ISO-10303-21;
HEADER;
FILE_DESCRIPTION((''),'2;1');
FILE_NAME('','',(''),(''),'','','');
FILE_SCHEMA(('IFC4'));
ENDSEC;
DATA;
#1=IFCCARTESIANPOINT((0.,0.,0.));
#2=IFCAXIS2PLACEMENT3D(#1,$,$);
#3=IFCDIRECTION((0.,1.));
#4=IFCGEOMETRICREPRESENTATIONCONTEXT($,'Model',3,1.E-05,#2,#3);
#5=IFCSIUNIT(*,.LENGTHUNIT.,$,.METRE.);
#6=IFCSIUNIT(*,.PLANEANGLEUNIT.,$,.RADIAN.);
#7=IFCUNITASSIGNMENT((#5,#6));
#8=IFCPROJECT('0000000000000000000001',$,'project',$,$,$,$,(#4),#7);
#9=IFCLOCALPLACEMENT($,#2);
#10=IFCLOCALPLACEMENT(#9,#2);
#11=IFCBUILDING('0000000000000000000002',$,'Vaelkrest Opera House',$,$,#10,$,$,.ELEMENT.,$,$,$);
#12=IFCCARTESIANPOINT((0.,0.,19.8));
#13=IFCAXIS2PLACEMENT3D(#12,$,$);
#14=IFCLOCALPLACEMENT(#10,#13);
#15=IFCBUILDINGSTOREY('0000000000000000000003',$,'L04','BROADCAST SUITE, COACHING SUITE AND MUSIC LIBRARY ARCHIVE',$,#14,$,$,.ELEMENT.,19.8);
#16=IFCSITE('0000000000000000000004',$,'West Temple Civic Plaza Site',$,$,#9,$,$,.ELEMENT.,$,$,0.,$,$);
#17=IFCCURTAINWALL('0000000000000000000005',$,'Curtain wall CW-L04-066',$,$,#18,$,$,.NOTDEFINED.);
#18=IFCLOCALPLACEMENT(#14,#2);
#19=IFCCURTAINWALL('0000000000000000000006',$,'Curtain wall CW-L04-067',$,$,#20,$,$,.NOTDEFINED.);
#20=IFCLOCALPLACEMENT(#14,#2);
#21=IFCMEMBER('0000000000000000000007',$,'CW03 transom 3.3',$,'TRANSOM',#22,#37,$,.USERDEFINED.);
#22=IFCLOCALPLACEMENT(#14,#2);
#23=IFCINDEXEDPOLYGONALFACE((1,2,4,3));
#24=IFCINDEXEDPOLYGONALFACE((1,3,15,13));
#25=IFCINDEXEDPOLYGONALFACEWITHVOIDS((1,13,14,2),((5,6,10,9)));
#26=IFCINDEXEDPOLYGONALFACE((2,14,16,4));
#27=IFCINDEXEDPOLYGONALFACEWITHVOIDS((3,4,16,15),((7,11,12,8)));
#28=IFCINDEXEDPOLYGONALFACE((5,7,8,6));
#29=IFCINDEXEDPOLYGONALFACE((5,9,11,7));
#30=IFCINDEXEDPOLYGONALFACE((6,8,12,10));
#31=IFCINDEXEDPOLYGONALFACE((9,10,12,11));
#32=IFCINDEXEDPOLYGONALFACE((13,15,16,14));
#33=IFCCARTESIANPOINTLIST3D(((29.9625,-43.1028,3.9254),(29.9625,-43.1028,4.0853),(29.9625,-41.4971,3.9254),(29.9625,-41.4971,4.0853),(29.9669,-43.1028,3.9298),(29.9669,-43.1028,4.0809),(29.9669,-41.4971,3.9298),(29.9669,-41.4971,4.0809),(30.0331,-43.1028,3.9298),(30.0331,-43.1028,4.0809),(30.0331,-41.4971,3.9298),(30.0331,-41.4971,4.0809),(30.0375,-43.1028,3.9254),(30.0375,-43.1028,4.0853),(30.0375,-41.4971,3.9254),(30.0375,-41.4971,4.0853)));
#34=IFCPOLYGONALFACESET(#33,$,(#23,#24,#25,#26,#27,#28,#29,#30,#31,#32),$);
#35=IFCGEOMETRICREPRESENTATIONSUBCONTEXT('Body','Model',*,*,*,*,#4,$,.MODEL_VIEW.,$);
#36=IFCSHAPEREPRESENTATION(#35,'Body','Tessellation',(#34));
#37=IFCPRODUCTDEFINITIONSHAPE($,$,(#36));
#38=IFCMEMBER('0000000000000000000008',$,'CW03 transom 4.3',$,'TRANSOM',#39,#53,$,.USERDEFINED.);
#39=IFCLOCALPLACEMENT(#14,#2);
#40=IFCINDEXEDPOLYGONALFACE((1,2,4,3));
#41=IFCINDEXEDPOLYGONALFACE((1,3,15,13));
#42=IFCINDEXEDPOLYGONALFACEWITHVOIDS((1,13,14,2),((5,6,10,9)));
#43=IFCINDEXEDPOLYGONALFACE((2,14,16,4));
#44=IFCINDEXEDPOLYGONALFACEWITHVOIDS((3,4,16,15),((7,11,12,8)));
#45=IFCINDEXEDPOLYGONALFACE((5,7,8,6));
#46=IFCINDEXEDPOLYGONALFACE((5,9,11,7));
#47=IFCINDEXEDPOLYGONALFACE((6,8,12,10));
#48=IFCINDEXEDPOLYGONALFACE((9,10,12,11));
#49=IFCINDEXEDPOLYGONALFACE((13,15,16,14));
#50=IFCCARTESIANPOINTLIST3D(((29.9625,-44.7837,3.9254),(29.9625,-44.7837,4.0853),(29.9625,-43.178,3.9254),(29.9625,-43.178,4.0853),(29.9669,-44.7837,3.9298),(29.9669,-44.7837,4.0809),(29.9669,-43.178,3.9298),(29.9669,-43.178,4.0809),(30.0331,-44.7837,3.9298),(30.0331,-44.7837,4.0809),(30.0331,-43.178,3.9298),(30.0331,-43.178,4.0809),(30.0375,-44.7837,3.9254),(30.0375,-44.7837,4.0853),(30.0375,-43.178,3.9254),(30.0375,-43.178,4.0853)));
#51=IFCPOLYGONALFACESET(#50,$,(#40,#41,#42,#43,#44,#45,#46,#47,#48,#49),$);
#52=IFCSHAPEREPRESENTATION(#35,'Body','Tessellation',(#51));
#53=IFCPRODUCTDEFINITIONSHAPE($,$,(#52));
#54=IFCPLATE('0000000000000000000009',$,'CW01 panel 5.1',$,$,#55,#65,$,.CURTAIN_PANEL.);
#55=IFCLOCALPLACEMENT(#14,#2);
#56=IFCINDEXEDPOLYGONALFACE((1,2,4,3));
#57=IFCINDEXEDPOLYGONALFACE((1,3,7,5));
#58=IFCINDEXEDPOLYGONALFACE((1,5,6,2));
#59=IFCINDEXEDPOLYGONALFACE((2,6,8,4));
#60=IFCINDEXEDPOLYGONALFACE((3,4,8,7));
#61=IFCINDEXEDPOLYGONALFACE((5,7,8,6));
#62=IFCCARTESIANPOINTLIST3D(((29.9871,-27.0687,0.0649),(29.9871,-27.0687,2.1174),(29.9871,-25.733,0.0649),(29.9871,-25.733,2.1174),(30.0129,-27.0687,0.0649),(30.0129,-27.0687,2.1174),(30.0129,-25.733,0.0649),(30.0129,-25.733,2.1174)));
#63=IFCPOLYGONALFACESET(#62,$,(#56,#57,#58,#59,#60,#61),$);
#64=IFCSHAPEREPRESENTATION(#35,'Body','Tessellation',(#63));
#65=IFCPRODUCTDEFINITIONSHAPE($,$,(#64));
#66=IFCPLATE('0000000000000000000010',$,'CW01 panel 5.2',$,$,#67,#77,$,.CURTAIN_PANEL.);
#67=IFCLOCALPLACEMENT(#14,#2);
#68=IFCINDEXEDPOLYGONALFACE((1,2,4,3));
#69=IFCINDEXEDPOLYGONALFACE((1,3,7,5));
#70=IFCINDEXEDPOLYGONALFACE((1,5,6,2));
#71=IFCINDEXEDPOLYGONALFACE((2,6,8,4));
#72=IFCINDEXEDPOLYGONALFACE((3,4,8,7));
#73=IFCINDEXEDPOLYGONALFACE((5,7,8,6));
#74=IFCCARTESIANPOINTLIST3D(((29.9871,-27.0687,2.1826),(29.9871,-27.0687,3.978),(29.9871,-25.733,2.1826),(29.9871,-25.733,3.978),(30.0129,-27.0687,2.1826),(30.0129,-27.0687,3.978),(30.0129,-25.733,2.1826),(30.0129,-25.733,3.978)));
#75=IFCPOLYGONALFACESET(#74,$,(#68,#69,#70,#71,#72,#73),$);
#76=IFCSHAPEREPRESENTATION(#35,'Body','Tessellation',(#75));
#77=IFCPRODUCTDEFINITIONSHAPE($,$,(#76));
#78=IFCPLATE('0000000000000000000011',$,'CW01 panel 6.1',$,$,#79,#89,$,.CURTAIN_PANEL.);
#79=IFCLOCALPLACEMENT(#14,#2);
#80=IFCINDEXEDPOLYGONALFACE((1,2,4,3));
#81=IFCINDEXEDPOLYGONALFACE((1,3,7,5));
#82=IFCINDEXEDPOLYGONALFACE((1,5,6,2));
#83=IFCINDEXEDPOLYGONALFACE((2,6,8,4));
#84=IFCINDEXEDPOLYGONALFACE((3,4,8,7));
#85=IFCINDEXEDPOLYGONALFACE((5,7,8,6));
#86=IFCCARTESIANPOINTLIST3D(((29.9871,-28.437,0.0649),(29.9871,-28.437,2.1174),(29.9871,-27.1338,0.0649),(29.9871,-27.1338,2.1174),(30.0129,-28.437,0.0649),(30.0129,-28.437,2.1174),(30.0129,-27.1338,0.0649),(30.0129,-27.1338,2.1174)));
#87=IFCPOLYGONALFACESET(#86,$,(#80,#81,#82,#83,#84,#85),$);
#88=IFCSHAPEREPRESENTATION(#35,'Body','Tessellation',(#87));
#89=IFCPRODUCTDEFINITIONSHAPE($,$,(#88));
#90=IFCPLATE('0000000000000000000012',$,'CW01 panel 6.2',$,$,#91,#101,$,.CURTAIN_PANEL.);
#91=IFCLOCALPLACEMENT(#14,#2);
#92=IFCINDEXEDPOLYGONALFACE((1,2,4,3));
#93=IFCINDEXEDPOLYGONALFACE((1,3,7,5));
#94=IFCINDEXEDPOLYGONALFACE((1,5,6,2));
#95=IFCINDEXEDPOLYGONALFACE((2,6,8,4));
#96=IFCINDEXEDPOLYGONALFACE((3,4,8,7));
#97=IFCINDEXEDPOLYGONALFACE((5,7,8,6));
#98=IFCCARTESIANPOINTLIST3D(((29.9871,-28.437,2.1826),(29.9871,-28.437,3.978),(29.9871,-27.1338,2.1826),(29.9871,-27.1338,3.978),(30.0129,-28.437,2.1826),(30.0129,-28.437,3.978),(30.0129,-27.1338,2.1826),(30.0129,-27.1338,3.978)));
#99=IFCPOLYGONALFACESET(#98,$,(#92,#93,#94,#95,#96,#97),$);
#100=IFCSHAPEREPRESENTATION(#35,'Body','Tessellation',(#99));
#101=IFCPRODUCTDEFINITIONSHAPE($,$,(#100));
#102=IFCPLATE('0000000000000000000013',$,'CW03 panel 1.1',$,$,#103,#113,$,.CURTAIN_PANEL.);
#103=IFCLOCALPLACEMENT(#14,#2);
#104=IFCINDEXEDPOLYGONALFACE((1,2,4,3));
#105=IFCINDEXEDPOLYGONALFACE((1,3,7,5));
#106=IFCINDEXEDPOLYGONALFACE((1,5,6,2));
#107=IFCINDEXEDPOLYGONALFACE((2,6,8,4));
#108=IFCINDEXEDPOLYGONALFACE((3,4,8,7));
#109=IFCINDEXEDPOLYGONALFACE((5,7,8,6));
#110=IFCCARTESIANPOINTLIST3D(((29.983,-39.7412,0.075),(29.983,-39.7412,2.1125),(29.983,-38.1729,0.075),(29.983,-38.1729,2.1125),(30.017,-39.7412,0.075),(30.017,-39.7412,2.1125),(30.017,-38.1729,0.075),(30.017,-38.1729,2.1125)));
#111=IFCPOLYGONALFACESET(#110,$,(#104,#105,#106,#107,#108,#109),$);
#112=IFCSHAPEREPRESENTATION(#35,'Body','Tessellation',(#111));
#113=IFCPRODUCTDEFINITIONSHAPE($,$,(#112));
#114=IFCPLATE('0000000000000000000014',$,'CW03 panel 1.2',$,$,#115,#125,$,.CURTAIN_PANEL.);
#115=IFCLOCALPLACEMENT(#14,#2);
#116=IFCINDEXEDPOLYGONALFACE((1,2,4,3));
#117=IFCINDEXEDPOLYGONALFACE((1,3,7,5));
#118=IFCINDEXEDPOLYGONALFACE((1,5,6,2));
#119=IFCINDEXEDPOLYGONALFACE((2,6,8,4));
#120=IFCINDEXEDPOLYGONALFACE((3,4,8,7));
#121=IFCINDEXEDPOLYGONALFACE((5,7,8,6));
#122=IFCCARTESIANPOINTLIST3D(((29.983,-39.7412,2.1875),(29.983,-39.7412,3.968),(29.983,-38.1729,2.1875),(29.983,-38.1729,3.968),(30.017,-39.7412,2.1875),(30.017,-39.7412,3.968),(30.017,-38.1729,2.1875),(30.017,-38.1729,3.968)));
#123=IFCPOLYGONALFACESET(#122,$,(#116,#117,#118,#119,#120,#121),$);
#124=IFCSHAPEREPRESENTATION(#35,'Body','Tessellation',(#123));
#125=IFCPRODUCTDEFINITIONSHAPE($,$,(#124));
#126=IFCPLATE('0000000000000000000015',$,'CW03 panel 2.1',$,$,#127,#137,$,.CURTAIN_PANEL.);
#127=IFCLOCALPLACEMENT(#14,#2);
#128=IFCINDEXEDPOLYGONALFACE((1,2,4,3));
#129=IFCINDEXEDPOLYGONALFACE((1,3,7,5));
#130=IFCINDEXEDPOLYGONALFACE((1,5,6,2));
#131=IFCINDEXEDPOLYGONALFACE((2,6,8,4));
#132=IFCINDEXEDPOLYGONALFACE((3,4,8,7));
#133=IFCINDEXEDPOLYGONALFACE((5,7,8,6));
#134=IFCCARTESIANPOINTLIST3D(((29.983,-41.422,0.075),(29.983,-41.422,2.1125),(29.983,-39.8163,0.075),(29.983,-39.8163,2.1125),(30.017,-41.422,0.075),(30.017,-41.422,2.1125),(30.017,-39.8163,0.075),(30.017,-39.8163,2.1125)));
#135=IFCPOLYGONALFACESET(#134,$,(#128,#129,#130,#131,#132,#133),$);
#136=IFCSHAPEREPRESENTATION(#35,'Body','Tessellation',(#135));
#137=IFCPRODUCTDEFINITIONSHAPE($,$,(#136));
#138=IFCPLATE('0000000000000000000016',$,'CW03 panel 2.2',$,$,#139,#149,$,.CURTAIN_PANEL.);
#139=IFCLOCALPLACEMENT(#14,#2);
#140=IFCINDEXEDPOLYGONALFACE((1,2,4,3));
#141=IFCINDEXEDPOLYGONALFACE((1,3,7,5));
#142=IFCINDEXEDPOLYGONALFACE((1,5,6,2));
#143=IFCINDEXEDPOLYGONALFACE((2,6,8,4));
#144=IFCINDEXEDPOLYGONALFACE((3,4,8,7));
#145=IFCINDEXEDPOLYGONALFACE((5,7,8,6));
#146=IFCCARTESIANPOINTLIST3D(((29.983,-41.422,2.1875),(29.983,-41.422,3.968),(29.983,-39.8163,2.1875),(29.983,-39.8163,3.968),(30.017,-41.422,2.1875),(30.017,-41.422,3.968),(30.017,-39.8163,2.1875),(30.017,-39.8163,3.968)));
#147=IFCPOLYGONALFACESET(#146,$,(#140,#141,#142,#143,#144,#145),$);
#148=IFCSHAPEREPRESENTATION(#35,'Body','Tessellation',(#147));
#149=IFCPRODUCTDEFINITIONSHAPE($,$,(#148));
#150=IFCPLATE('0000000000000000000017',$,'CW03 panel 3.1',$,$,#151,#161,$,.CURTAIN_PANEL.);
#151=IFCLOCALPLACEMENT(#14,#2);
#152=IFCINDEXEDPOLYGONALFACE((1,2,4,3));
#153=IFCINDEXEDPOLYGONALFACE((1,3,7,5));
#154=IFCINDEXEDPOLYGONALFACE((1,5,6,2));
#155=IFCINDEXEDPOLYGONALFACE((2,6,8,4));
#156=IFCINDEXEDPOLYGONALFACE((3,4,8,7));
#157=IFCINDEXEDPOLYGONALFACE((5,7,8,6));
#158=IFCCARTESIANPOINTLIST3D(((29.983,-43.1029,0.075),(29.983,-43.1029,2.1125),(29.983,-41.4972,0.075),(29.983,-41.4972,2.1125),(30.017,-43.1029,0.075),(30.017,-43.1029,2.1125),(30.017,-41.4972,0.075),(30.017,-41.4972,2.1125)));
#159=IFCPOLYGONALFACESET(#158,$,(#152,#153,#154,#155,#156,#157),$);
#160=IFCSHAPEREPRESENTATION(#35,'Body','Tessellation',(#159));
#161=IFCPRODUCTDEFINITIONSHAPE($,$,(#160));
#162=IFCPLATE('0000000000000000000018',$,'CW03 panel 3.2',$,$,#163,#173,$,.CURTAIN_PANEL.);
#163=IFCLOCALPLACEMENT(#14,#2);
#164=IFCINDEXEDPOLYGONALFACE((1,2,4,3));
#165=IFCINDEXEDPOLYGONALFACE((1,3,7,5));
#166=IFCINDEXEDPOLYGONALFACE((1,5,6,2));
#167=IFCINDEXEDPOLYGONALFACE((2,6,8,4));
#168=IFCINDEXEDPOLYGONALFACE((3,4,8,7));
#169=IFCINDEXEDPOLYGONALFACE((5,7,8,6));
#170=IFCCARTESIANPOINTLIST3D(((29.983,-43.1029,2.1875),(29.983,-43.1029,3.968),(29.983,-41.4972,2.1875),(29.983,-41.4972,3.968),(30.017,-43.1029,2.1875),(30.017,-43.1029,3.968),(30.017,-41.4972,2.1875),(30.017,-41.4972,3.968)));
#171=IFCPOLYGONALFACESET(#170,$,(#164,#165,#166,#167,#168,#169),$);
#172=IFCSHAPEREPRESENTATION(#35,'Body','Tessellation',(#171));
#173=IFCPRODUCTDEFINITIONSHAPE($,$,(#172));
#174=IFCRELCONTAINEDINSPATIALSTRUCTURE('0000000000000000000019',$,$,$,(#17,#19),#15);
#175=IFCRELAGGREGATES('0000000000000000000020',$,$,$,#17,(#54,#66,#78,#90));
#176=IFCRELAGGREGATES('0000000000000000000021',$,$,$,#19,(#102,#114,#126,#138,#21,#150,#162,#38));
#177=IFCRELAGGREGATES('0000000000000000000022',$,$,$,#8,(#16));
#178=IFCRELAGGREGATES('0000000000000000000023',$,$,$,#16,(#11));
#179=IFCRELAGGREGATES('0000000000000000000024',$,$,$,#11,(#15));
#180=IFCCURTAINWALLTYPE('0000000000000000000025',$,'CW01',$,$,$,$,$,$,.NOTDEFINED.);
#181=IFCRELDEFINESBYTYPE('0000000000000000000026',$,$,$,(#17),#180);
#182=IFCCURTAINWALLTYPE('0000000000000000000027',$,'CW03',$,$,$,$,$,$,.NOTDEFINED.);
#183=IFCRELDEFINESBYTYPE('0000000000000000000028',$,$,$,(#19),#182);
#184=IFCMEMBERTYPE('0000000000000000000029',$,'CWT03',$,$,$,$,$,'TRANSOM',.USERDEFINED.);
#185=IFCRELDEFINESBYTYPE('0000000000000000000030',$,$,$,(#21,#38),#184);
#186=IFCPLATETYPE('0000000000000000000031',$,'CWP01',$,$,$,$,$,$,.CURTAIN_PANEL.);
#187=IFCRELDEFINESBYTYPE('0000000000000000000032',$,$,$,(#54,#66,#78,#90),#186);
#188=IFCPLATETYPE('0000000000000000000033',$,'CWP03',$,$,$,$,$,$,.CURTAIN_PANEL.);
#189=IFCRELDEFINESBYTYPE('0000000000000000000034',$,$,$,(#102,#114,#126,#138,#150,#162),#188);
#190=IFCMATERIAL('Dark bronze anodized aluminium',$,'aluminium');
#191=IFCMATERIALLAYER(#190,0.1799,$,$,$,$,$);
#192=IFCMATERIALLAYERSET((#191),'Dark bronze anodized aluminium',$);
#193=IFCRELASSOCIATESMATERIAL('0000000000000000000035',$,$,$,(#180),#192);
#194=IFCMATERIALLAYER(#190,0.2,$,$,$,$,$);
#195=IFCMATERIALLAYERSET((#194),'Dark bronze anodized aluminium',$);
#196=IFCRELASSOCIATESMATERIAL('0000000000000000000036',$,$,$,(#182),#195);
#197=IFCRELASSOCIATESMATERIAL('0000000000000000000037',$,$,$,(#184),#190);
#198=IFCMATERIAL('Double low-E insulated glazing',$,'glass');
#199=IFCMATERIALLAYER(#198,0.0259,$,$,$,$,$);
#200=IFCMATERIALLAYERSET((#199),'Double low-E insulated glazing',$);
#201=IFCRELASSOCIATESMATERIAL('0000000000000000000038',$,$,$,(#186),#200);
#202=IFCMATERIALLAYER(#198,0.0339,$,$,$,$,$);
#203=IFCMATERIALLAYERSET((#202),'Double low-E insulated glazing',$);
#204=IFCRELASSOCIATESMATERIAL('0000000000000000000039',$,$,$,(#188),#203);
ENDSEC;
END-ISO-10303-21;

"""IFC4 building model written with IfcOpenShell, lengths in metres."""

from ifc_helpers import new_model, si_unit, direction, frame, origin, origin_2d, place, context, subcontext, project, spatial, rectangle, hollow_rectangle, extrude, material, layer, layer_set, material_profile, profile_set, type_object, element, aggregate, save


model = new_model("IFC4")

# Units and contexts
model_context = context("Model", 3, precision=1e-05, world=origin(), true_north=direction((0.0, 1.0)))
body_context = subcontext(model_context, "Body", "Model", "MODEL_VIEW")
ifc_project = project(units=[si_unit("LENGTHUNIT", "METRE"), si_unit("PLANEANGLEUNIT", "RADIAN")], contexts=[model_context])

# Site, building, storey
site_placement = place(None, origin())
site = spatial("IfcSite", under=ifc_project, at=site_placement, Name="West Temple Civic Plaza Site", CompositionType="ELEMENT", RefElevation=0.0)
building_placement = place(site_placement, origin())
building = spatial("IfcBuilding", under=site, at=building_placement, Name="Vaelkrest Opera House", CompositionType="ELEMENT")
storey_placement = place(building_placement, frame((0.0, 0.0, 19.8)))
storey = spatial("IfcBuildingStorey", under=building, at=storey_placement, Name="L04", Description="BROADCAST SUITE, COACHING SUITE AND MUSIC LIBRARY ARCHIVE", CompositionType="ELEMENT", Elevation=19.8)

# Curtain walls
ifc_material_1 = material(Name="Dark bronze anodized aluminium", Category="aluminium")
ifc_layer_1 = layer(ifc_material_1, 0.1799)
ifc_layer_set_1 = layer_set([ifc_layer_1], Name="Dark bronze anodized aluminium")
curtain_wall_type_1 = type_object("IfcCurtainWallType", Name="CW01", PredefinedType="NOTDEFINED", material=ifc_layer_set_1)
curtain_wall_1_placement = place(storey_placement, origin())
curtain_wall_1 = element("IfcCurtainWall", 1, at=curtain_wall_1_placement, inside=storey, type_object=curtain_wall_type_1, Name="Curtain wall CW-L04-066", PredefinedType="NOTDEFINED")
ifc_layer_2 = layer(ifc_material_1, 0.2)
ifc_layer_set_2 = layer_set([ifc_layer_2], Name="Dark bronze anodized aluminium")
curtain_wall_type_2 = type_object("IfcCurtainWallType", Name="CW03", PredefinedType="NOTDEFINED", material=ifc_layer_set_2)
curtain_wall_2_placement = place(storey_placement, origin())
curtain_wall_2 = element("IfcCurtainWall", 2, at=curtain_wall_2_placement, inside=storey, type_object=curtain_wall_type_2, Name="Curtain wall CW-L04-067", PredefinedType="NOTDEFINED")

# Members
ifc_material_profile_1 = material_profile(ifc_material_1, hollow_rectangle(XDim=0.075, YDim=0.1599, WallThickness=0.0044, at=origin_2d()), Name="CWT75X160")
ifc_profile_set_1 = profile_set([ifc_material_profile_1], Name="Dark bronze anodized aluminium")
member_type_1 = type_object("IfcMemberType", Name="CWT03", ElementType="TRANSOM", PredefinedType="USERDEFINED", material=ifc_profile_set_1)
member_1_placement = place(storey_placement, frame((30.0, -41.4971, 4.0054), z_axis=(0.0, -1.0, 0.0), x_axis=(1.0, 0.0, 0.0)))
member_1 = element("IfcMember", 3, at=member_1_placement, type_object=member_type_1, Name="CW03 transom 3.3", ObjectType="TRANSOM", PredefinedType="USERDEFINED", context=body_context, shape_type="SweptSolid", body=[
    extrude(hollow_rectangle(XDim=0.075, YDim=0.1599, WallThickness=0.0044, at=origin_2d()), origin(), (0.0, 0.0, 1.0), 1.6057),
])
member_2_placement = place(storey_placement, frame((30.0, -43.178, 4.0054), z_axis=(0.0, -1.0, 0.0), x_axis=(1.0, 0.0, 0.0)))
member_2 = element("IfcMember", 4, at=member_2_placement, type_object=member_type_1, Name="CW03 transom 4.3", ObjectType="TRANSOM", PredefinedType="USERDEFINED", context=body_context, shape_type="SweptSolid", body=[
    extrude(hollow_rectangle(XDim=0.075, YDim=0.1599, WallThickness=0.0044, at=origin_2d()), origin(), (0.0, 0.0, 1.0), 1.6057),
])

# Plates
ifc_material_2 = material(Name="Double low-E insulated glazing", Category="glass")
ifc_layer_3 = layer(ifc_material_2, 0.0259)
ifc_layer_set_3 = layer_set([ifc_layer_3], Name="Double low-E insulated glazing")
plate_type_1 = type_object("IfcPlateType", Name="CWP01", PredefinedType="CURTAIN_PANEL", material=ifc_layer_set_3)
plate_1_placement = place(storey_placement, frame((30.0, -26.4009, 0.0649), z_axis=(0.0, 0.0, 1.0), x_axis=(0.0, -1.0, 0.0)))
plate_1 = element("IfcPlate", 5, at=plate_1_placement, type_object=plate_type_1, Name="CW01 panel 5.1", PredefinedType="CURTAIN_PANEL", context=body_context, shape_type="SweptSolid", body=[
    extrude(rectangle(XDim=1.3357, YDim=0.0259, at=origin_2d()), origin(), (0.0, 0.0, 1.0), 2.0525),
])
plate_2_placement = place(storey_placement, frame((30.0, -26.4009, 2.1826), z_axis=(0.0, 0.0, 1.0), x_axis=(0.0, -1.0, 0.0)))
plate_2 = element("IfcPlate", 6, at=plate_2_placement, type_object=plate_type_1, Name="CW01 panel 5.2", PredefinedType="CURTAIN_PANEL", context=body_context, shape_type="SweptSolid", body=[
    extrude(rectangle(XDim=1.3357, YDim=0.0259, at=origin_2d()), origin(), (0.0, 0.0, 1.0), 1.7954),
])
plate_3_placement = place(storey_placement, frame((30.0, -27.7854, 0.0649), z_axis=(0.0, 0.0, 1.0), x_axis=(0.0, -1.0, 0.0)))
plate_3 = element("IfcPlate", 7, at=plate_3_placement, type_object=plate_type_1, Name="CW01 panel 6.1", PredefinedType="CURTAIN_PANEL", context=body_context, shape_type="SweptSolid", body=[
    extrude(rectangle(XDim=1.3032, YDim=0.0259, at=origin_2d()), origin(), (0.0, 0.0, 1.0), 2.0525),
])
plate_4_placement = place(storey_placement, frame((30.0, -27.7854, 2.1826), z_axis=(0.0, 0.0, 1.0), x_axis=(0.0, -1.0, 0.0)))
plate_4 = element("IfcPlate", 8, at=plate_4_placement, type_object=plate_type_1, Name="CW01 panel 6.2", PredefinedType="CURTAIN_PANEL", context=body_context, shape_type="SweptSolid", body=[
    extrude(rectangle(XDim=1.3032, YDim=0.0259, at=origin_2d()), origin(), (0.0, 0.0, 1.0), 1.7954),
])
aggregate(curtain_wall_1, [plate_1, plate_2, plate_3, plate_4])
ifc_layer_4 = layer(ifc_material_2, 0.0339)
ifc_layer_set_4 = layer_set([ifc_layer_4], Name="Double low-E insulated glazing")
plate_type_2 = type_object("IfcPlateType", Name="CWP03", PredefinedType="CURTAIN_PANEL", material=ifc_layer_set_4)
plate_5_placement = place(storey_placement, frame((30.0, -38.957, 0.075), z_axis=(0.0, 0.0, 1.0), x_axis=(0.0, -1.0, 0.0)))
plate_5 = element("IfcPlate", 9, at=plate_5_placement, type_object=plate_type_2, Name="CW03 panel 1.1", PredefinedType="CURTAIN_PANEL", context=body_context, shape_type="SweptSolid", body=[
    extrude(rectangle(XDim=1.5684, YDim=0.0339, at=origin_2d()), origin(), (0.0, 0.0, 1.0), 2.0376),
])
plate_6_placement = place(storey_placement, frame((30.0, -38.957, 2.1875), z_axis=(0.0, 0.0, 1.0), x_axis=(0.0, -1.0, 0.0)))
plate_6 = element("IfcPlate", 10, at=plate_6_placement, type_object=plate_type_2, Name="CW03 panel 1.2", PredefinedType="CURTAIN_PANEL", context=body_context, shape_type="SweptSolid", body=[
    extrude(rectangle(XDim=1.5684, YDim=0.0339, at=origin_2d()), origin(), (0.0, 0.0, 1.0), 1.7805),
])
plate_7_placement = place(storey_placement, frame((30.0, -40.6191, 0.075), z_axis=(0.0, 0.0, 1.0), x_axis=(0.0, -1.0, 0.0)))
plate_7 = element("IfcPlate", 11, at=plate_7_placement, type_object=plate_type_2, Name="CW03 panel 2.1", PredefinedType="CURTAIN_PANEL", context=body_context, shape_type="SweptSolid", body=[
    extrude(rectangle(XDim=1.6057, YDim=0.0339, at=origin_2d()), origin(), (0.0, 0.0, 1.0), 2.0376),
])
plate_8_placement = place(storey_placement, frame((30.0, -40.6191, 2.1875), z_axis=(0.0, 0.0, 1.0), x_axis=(0.0, -1.0, 0.0)))
plate_8 = element("IfcPlate", 12, at=plate_8_placement, type_object=plate_type_2, Name="CW03 panel 2.2", PredefinedType="CURTAIN_PANEL", context=body_context, shape_type="SweptSolid", body=[
    extrude(rectangle(XDim=1.6057, YDim=0.0339, at=origin_2d()), origin(), (0.0, 0.0, 1.0), 1.7805),
])
plate_9_placement = place(storey_placement, frame((30.0, -42.3, 0.075), z_axis=(0.0, 0.0, 1.0), x_axis=(0.0, -1.0, 0.0)))
plate_9 = element("IfcPlate", 13, at=plate_9_placement, type_object=plate_type_2, Name="CW03 panel 3.1", PredefinedType="CURTAIN_PANEL", context=body_context, shape_type="SweptSolid", body=[
    extrude(rectangle(XDim=1.6057, YDim=0.0339, at=origin_2d()), origin(), (0.0, 0.0, 1.0), 2.0376),
])
plate_10_placement = place(storey_placement, frame((30.0, -42.3, 2.1875), z_axis=(0.0, 0.0, 1.0), x_axis=(0.0, -1.0, 0.0)))
plate_10 = element("IfcPlate", 14, at=plate_10_placement, type_object=plate_type_2, Name="CW03 panel 3.2", PredefinedType="CURTAIN_PANEL", context=body_context, shape_type="SweptSolid", body=[
    extrude(rectangle(XDim=1.6057, YDim=0.0339, at=origin_2d()), origin(), (0.0, 0.0, 1.0), 1.7805),
])
aggregate(curtain_wall_2, [plate_5, plate_6, plate_7, plate_8, member_1, plate_9, plate_10, member_2])

save(model, "model.ifc")
